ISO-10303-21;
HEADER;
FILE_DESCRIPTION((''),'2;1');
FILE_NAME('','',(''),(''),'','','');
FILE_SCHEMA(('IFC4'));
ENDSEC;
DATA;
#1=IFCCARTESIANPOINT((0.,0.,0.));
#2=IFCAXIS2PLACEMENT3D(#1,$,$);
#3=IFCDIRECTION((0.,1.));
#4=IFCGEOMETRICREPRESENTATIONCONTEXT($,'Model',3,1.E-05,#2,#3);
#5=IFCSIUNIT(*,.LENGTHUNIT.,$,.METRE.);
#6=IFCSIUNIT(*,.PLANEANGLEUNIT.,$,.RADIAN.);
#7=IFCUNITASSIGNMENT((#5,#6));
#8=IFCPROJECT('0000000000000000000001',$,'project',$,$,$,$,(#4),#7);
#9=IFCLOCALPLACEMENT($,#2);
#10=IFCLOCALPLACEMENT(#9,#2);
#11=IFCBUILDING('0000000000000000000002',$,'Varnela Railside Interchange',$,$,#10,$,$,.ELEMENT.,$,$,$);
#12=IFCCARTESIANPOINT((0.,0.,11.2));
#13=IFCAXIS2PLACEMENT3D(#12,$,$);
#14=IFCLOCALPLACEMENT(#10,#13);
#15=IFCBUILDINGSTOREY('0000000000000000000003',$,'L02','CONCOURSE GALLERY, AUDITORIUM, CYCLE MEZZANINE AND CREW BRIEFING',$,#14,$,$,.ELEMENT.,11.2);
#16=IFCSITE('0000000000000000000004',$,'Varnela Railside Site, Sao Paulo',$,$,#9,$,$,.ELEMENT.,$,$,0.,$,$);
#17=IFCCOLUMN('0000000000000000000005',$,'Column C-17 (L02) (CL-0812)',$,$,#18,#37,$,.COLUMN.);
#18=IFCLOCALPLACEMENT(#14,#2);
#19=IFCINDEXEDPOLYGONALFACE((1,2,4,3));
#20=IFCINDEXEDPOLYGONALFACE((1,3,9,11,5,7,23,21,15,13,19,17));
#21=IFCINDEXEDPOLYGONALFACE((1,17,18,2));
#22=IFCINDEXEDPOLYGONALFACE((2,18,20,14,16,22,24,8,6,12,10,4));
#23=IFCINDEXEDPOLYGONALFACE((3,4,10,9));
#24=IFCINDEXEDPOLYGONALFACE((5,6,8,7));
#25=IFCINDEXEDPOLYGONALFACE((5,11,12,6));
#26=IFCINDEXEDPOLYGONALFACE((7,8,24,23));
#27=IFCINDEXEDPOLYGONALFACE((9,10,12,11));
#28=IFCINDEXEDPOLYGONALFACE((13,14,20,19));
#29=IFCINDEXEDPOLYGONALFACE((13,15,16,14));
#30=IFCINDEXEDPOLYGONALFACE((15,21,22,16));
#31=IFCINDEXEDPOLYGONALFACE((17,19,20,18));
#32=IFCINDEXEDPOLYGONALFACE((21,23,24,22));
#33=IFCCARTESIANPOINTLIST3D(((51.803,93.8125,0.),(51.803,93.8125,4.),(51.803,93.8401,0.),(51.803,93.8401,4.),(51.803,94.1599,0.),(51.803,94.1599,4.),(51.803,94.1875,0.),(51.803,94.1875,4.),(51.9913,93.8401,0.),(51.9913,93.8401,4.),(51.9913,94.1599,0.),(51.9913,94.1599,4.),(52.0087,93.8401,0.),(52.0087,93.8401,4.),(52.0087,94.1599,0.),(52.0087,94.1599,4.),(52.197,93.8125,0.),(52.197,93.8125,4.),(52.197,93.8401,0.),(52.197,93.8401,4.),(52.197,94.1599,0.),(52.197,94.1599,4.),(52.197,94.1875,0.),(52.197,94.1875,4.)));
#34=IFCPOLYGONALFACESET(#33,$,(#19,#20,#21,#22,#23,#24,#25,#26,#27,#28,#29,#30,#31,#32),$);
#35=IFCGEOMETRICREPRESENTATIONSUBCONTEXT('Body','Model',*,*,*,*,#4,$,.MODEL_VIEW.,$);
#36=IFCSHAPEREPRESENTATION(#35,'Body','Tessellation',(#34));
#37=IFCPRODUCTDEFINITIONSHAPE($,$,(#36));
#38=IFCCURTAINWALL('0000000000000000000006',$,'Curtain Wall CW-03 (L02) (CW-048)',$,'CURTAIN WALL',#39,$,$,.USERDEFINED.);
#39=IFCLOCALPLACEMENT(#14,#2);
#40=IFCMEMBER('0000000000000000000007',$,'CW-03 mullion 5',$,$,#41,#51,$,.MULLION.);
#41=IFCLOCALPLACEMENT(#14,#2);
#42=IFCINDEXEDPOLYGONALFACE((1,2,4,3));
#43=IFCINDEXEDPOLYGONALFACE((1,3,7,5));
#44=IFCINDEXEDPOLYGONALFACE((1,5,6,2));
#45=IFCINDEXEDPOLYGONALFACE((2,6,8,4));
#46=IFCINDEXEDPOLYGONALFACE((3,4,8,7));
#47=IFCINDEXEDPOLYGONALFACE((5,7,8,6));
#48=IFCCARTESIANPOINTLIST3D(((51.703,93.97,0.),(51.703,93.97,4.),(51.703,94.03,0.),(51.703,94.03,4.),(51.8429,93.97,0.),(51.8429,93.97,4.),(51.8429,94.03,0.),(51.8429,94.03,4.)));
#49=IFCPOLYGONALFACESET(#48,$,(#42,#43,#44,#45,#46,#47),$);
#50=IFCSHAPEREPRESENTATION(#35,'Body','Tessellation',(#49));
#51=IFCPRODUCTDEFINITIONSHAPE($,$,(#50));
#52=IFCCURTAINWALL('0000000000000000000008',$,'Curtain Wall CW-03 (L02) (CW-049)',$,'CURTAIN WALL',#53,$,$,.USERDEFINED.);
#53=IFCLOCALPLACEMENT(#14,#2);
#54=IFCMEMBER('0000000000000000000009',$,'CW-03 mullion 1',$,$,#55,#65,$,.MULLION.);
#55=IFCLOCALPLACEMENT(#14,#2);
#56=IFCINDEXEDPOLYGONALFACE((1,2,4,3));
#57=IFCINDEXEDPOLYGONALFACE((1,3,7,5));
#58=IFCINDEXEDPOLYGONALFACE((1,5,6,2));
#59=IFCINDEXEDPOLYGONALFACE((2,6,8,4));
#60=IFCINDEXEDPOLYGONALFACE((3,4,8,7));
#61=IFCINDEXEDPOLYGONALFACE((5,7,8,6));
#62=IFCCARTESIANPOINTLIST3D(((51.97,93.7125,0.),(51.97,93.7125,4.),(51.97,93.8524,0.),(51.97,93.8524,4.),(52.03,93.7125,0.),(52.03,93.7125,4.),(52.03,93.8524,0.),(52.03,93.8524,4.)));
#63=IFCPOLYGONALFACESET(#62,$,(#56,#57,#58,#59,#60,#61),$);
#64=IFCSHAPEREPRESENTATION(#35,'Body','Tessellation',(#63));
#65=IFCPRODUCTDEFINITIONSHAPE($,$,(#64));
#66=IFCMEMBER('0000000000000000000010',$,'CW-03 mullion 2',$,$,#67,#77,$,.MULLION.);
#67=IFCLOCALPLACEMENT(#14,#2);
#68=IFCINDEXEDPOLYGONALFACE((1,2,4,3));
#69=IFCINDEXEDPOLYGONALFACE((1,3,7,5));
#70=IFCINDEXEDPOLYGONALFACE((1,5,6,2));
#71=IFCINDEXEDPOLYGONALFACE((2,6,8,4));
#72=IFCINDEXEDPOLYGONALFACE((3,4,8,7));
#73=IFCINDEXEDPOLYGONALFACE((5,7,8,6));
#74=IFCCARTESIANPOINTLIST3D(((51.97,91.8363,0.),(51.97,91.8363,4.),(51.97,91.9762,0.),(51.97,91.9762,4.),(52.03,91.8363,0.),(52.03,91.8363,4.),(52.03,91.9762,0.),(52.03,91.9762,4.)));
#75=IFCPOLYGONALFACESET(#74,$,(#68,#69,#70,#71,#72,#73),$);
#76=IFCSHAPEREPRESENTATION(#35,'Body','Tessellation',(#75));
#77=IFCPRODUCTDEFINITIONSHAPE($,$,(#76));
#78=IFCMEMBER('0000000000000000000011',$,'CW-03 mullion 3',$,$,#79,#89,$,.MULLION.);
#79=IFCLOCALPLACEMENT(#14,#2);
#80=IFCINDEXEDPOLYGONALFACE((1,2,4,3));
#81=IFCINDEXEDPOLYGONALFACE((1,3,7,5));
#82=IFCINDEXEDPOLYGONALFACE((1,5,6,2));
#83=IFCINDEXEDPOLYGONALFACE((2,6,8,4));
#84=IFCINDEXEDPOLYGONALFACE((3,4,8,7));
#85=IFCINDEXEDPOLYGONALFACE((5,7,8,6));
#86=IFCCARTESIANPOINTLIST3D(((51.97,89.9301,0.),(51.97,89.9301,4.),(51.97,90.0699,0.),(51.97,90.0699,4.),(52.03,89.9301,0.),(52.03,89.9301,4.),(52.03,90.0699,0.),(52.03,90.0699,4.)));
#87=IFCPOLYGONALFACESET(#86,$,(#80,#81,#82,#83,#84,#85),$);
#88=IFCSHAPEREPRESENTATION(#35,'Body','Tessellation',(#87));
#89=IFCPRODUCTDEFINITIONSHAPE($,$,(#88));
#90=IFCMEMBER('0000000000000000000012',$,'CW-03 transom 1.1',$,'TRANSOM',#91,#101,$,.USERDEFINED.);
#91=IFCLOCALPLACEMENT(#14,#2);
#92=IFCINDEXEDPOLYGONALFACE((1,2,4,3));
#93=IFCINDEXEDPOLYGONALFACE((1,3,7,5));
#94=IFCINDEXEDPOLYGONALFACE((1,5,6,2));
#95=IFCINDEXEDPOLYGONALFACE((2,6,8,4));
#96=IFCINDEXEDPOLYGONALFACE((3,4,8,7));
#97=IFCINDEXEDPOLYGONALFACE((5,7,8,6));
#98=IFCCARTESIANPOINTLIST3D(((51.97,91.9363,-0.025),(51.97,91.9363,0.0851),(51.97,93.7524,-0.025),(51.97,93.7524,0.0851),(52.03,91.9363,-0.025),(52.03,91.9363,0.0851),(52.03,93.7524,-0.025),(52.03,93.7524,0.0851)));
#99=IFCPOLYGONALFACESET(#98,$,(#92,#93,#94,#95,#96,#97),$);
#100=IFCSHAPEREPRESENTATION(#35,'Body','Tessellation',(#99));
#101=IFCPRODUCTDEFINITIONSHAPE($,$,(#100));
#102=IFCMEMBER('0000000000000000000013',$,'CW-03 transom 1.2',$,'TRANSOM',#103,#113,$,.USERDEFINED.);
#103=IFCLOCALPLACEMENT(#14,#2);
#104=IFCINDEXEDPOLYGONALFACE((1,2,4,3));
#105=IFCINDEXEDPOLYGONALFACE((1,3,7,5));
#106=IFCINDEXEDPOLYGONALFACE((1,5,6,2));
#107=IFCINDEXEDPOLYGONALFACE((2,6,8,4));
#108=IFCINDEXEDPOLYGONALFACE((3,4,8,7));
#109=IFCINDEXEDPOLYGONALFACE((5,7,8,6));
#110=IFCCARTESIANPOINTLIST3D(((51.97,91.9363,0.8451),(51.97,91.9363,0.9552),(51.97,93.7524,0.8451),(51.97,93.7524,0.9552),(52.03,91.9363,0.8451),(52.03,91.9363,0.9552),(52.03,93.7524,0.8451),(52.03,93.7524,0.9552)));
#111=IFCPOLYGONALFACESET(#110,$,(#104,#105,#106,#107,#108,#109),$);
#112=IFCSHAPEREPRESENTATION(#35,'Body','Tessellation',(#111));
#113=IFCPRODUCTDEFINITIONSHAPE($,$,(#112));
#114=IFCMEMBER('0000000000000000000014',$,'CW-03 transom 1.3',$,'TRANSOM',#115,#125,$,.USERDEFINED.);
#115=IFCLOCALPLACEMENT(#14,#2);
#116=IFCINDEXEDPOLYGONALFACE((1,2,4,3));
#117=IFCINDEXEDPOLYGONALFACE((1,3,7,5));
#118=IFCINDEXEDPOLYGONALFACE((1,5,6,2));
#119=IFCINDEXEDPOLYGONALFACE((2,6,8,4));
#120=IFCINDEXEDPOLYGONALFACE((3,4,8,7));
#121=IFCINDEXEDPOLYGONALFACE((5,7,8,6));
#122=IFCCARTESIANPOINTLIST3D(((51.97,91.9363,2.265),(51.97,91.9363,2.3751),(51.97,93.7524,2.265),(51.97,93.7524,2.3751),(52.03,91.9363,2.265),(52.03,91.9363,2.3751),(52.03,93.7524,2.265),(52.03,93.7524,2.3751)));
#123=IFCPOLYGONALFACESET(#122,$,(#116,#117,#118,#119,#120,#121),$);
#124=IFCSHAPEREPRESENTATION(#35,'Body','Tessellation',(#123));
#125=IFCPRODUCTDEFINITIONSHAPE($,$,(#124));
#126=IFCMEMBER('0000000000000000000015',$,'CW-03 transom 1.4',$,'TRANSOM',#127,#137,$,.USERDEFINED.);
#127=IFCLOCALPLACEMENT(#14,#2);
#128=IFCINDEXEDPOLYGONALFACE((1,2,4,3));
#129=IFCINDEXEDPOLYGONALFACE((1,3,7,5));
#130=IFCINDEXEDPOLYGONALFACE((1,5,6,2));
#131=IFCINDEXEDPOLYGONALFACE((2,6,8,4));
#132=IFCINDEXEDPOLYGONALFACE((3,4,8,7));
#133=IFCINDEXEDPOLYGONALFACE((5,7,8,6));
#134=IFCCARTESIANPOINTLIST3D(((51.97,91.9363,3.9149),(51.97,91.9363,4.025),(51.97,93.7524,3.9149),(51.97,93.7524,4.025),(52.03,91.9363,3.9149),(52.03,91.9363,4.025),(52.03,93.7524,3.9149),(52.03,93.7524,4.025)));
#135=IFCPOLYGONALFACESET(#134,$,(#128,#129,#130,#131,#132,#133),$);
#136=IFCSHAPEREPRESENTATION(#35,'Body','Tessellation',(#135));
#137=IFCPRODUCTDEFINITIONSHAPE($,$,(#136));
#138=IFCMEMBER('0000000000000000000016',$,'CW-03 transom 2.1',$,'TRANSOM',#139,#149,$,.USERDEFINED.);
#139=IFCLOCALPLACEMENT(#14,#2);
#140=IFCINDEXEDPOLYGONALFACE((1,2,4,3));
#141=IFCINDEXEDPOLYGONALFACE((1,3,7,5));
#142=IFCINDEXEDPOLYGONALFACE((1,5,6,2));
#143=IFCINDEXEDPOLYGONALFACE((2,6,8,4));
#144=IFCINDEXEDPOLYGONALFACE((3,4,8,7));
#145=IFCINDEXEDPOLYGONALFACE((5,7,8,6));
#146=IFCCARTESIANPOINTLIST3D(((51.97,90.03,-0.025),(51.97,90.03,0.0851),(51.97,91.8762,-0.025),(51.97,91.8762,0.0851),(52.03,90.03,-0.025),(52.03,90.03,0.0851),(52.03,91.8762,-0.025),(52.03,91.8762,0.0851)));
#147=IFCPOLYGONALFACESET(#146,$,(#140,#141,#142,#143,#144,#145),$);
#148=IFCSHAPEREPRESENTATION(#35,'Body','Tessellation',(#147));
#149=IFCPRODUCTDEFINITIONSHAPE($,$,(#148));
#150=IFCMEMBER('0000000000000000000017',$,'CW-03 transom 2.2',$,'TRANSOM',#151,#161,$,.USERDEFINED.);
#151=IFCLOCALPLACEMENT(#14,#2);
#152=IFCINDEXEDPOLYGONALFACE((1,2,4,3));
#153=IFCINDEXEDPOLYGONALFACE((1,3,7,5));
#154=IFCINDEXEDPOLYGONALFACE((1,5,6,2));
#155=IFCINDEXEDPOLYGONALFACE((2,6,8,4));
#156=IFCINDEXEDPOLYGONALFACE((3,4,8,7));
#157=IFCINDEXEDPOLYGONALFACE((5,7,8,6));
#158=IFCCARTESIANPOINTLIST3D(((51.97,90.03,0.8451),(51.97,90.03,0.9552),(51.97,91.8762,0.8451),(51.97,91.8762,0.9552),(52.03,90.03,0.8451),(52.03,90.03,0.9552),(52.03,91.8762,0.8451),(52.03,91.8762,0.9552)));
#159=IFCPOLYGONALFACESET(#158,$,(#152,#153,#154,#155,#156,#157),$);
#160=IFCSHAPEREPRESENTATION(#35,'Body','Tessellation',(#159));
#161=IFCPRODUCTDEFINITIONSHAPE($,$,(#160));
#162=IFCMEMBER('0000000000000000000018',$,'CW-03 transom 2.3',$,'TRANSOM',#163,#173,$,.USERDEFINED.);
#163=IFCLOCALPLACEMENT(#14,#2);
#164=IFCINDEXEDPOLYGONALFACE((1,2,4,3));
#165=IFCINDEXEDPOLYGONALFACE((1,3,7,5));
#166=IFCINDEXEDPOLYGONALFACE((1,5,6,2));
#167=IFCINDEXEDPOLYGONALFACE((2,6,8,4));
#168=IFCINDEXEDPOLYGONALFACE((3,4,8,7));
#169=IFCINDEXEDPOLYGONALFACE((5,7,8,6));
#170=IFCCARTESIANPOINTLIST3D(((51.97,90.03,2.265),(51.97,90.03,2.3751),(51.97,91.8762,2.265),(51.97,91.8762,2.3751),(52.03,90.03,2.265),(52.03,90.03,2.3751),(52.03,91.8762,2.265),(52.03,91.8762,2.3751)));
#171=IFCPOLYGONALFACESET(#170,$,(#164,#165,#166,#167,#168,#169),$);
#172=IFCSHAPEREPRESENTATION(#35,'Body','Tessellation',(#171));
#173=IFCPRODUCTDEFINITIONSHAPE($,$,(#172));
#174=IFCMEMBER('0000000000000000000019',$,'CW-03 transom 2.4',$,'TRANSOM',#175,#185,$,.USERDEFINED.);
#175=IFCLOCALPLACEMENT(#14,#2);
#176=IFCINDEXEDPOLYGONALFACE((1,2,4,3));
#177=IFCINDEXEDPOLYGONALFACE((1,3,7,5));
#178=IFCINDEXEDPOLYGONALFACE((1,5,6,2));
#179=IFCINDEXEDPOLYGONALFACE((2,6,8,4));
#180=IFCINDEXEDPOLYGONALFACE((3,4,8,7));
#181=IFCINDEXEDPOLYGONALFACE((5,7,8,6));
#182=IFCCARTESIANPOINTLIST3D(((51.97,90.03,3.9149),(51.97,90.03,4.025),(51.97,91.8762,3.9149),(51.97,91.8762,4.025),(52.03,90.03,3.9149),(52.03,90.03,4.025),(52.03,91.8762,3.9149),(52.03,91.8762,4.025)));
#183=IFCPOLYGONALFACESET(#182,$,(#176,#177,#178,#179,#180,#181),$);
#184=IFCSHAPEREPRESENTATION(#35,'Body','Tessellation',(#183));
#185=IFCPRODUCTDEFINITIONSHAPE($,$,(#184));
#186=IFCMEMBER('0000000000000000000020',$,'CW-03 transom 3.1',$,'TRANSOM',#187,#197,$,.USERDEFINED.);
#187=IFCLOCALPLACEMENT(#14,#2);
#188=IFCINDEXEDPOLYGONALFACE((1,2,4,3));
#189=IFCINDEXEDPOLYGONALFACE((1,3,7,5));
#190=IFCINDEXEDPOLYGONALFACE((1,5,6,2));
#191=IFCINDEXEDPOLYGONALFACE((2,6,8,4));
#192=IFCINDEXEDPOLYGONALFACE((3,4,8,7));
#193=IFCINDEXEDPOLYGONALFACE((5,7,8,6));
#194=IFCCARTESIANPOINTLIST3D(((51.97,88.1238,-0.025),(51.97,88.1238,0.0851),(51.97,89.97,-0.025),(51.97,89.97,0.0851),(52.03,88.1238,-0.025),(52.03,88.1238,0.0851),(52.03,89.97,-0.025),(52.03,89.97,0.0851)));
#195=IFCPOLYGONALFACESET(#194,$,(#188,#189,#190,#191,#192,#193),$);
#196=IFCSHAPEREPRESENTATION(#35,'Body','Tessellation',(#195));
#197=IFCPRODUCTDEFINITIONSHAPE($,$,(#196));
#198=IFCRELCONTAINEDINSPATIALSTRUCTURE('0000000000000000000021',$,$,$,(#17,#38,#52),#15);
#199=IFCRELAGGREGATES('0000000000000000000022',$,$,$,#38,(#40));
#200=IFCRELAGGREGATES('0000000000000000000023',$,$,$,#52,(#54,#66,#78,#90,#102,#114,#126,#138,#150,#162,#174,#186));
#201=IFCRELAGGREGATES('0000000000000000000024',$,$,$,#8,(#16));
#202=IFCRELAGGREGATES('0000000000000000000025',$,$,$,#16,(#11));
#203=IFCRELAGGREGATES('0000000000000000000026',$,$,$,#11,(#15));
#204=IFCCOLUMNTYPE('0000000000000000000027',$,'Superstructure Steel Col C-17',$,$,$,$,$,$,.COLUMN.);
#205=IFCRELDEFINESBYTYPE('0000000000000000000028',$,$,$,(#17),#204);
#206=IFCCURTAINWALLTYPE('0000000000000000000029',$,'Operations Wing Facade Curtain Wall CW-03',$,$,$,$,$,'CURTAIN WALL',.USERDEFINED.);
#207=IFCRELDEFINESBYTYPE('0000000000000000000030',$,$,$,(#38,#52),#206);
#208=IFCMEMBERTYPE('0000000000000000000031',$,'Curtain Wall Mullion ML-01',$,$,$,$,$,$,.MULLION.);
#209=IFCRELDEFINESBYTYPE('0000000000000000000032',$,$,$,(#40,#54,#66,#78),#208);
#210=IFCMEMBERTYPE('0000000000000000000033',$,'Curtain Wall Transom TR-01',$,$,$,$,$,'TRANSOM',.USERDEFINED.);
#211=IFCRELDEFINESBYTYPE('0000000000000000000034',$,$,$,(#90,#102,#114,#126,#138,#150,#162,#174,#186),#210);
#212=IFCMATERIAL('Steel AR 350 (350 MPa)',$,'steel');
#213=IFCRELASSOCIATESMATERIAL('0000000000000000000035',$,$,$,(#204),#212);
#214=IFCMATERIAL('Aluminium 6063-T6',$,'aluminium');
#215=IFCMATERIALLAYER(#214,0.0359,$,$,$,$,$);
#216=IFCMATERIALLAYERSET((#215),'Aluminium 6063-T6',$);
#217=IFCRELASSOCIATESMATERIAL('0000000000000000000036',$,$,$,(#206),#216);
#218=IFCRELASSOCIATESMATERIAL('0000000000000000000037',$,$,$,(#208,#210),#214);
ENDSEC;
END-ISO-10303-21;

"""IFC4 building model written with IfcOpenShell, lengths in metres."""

from ifc_helpers import new_model, si_unit, direction, frame, origin, origin_2d, place, context, subcontext, project, spatial, rectangle, i_section, extrude, material, layer, layer_set, material_profile, profile_set, type_object, element, aggregate, save


model = new_model("IFC4")

# Units and contexts
model_context = context("Model", 3, precision=1e-05, world=origin(), true_north=direction((0.0, 1.0)))
body_context = subcontext(model_context, "Body", "Model", "MODEL_VIEW")
ifc_project = project(units=[si_unit("LENGTHUNIT", "METRE"), si_unit("PLANEANGLEUNIT", "RADIAN")], contexts=[model_context])

# Site, building, storey
site_placement = place(None, origin())
site = spatial("IfcSite", under=ifc_project, at=site_placement, Name="Varnela Railside Site, Sao Paulo", CompositionType="ELEMENT", RefElevation=0.0)
building_placement = place(site_placement, origin())
building = spatial("IfcBuilding", under=site, at=building_placement, Name="Varnela Railside Interchange", CompositionType="ELEMENT")
storey_placement = place(building_placement, frame((0.0, 0.0, 11.2)))
storey = spatial("IfcBuildingStorey", under=building, at=storey_placement, Name="L02", Description="CONCOURSE GALLERY, AUDITORIUM, CYCLE MEZZANINE AND CREW BRIEFING", CompositionType="ELEMENT", Elevation=11.2)

# Column
ifc_material_1 = material(Name="Steel AR 350 (350 MPa)", Category="steel")
ifc_material_profile_1 = material_profile(ifc_material_1, i_section(OverallWidth=0.394, OverallDepth=0.375, WebThickness=0.0173, FlangeThickness=0.0276, at=origin_2d()), Name="W360x216")
ifc_profile_set_1 = profile_set([ifc_material_profile_1], Name="Steel AR 350 (350 MPa)")
column_type = type_object("IfcColumnType", Name="Superstructure Steel Col C-17", PredefinedType="COLUMN", material=ifc_profile_set_1)
column_placement = place(storey_placement, frame((52.0, 94.0, 0.0), z_axis=(0.0, 0.0, 1.0), x_axis=(1.0, 0.0, 0.0)))
element("IfcColumn", 1, at=column_placement, inside=storey, type_object=column_type, Name="Column C-17 (L02) (CL-0812)", PredefinedType="COLUMN", context=body_context, shape_type="SweptSolid", body=[
    extrude(i_section(OverallWidth=0.394, OverallDepth=0.375, WebThickness=0.0173, FlangeThickness=0.0276, at=origin_2d()), origin(), (0.0, 0.0, 1.0), 4.0),
])

# Curtain wall, member
ifc_material_2 = material(Name="Aluminium 6063-T6", Category="aluminium")
ifc_layer_1 = layer(ifc_material_2, 0.0359)
ifc_layer_set_1 = layer_set([ifc_layer_1], Name="Aluminium 6063-T6")
curtain_wall_type = type_object("IfcCurtainWallType", Name="Operations Wing Facade Curtain Wall CW-03", ElementType="CURTAIN WALL", PredefinedType="USERDEFINED", material=ifc_layer_set_1)
curtain_wall_1_placement = place(storey_placement, origin())
curtain_wall_1 = element("IfcCurtainWall", 2, at=curtain_wall_1_placement, inside=storey, type_object=curtain_wall_type, Name="Curtain Wall CW-03 (L02) (CW-048)", ObjectType="CURTAIN WALL", PredefinedType="USERDEFINED")
ifc_material_profile_2 = material_profile(ifc_material_2, rectangle(XDim=0.0601, YDim=0.1399, at=origin_2d()), Name="ALU 60x140")
ifc_profile_set_2 = profile_set([ifc_material_profile_2], Name="Aluminium 6063-T6")
member_type_1 = type_object("IfcMemberType", Name="Curtain Wall Mullion ML-01", PredefinedType="MULLION", material=ifc_profile_set_2)
member_1_placement = place(storey_placement, frame((51.7729, 94.0, 0.0), z_axis=(0.0, 0.0, 1.0), x_axis=(0.0, 1.0, 0.0)))
member_1 = element("IfcMember", 3, at=member_1_placement, type_object=member_type_1, Name="CW-03 mullion 5", PredefinedType="MULLION", context=body_context, shape_type="SweptSolid", body=[
    extrude(rectangle(XDim=0.0601, YDim=0.1399, at=origin_2d()), origin(), (0.0, 0.0, 1.0), 4.0),
])

# Curtain wall, members
curtain_wall_2_placement = place(storey_placement, origin())
curtain_wall_2 = element("IfcCurtainWall", 4, at=curtain_wall_2_placement, inside=storey, type_object=curtain_wall_type, Name="Curtain Wall CW-03 (L02) (CW-049)", ObjectType="CURTAIN WALL", PredefinedType="USERDEFINED")
member_2_placement = place(storey_placement, frame((52.0, 93.7825, 0.0), z_axis=(0.0, 0.0, 1.0), x_axis=(1.0, 0.0, 0.0)))
member_2 = element("IfcMember", 5, at=member_2_placement, type_object=member_type_1, Name="CW-03 mullion 1", PredefinedType="MULLION", context=body_context, shape_type="SweptSolid", body=[
    extrude(rectangle(XDim=0.0601, YDim=0.1399, at=origin_2d()), origin(), (0.0, 0.0, 1.0), 4.0),
])
member_3_placement = place(storey_placement, frame((52.0, 91.9062, 0.0), z_axis=(0.0, 0.0, 1.0), x_axis=(1.0, 0.0, 0.0)))
member_3 = element("IfcMember", 6, at=member_3_placement, type_object=member_type_1, Name="CW-03 mullion 2", PredefinedType="MULLION", context=body_context, shape_type="SweptSolid", body=[
    extrude(rectangle(XDim=0.0601, YDim=0.1399, at=origin_2d()), origin(), (0.0, 0.0, 1.0), 4.0),
])
member_4_placement = place(storey_placement, frame((52.0, 90.0, 0.0), z_axis=(0.0, 0.0, 1.0), x_axis=(1.0, 0.0, 0.0)))
member_4 = element("IfcMember", 7, at=member_4_placement, type_object=member_type_1, Name="CW-03 mullion 3", PredefinedType="MULLION", context=body_context, shape_type="SweptSolid", body=[
    extrude(rectangle(XDim=0.0601, YDim=0.1399, at=origin_2d()), origin(), (0.0, 0.0, 1.0), 4.0),
])
ifc_material_profile_3 = material_profile(ifc_material_2, rectangle(XDim=0.0601, YDim=0.1101, at=origin_2d()), Name="ALU 60x110")
ifc_profile_set_3 = profile_set([ifc_material_profile_3], Name="Aluminium 6063-T6")
member_type_2 = type_object("IfcMemberType", Name="Curtain Wall Transom TR-01", ElementType="TRANSOM", PredefinedType="USERDEFINED", material=ifc_profile_set_3)
member_5_placement = place(storey_placement, frame((52.0, 93.7524, 0.03), z_axis=(0.0, -1.0, 0.0), x_axis=(1.0, 0.0, 0.0)))
member_5 = element("IfcMember", 8, at=member_5_placement, type_object=member_type_2, Name="CW-03 transom 1.1", ObjectType="TRANSOM", PredefinedType="USERDEFINED", context=body_context, shape_type="SweptSolid", body=[
    extrude(rectangle(XDim=0.0601, YDim=0.1101, at=origin_2d()), origin(), (0.0, 0.0, 1.0), 1.8162),
])
member_6_placement = place(storey_placement, frame((52.0, 93.7524, 0.9001), z_axis=(0.0, -1.0, 0.0), x_axis=(1.0, 0.0, 0.0)))
member_6 = element("IfcMember", 9, at=member_6_placement, type_object=member_type_2, Name="CW-03 transom 1.2", ObjectType="TRANSOM", PredefinedType="USERDEFINED", context=body_context, shape_type="SweptSolid", body=[
    extrude(rectangle(XDim=0.0601, YDim=0.1101, at=origin_2d()), origin(), (0.0, 0.0, 1.0), 1.8162),
])
member_7_placement = place(storey_placement, frame((52.0, 93.7524, 2.3201), z_axis=(0.0, -1.0, 0.0), x_axis=(1.0, 0.0, 0.0)))
member_7 = element("IfcMember", 10, at=member_7_placement, type_object=member_type_2, Name="CW-03 transom 1.3", ObjectType="TRANSOM", PredefinedType="USERDEFINED", context=body_context, shape_type="SweptSolid", body=[
    extrude(rectangle(XDim=0.0601, YDim=0.1101, at=origin_2d()), origin(), (0.0, 0.0, 1.0), 1.8162),
])
member_8_placement = place(storey_placement, frame((52.0, 93.7524, 3.97), z_axis=(0.0, -1.0, 0.0), x_axis=(1.0, 0.0, 0.0)))
member_8 = element("IfcMember", 11, at=member_8_placement, type_object=member_type_2, Name="CW-03 transom 1.4", ObjectType="TRANSOM", PredefinedType="USERDEFINED", context=body_context, shape_type="SweptSolid", body=[
    extrude(rectangle(XDim=0.0601, YDim=0.1101, at=origin_2d()), origin(), (0.0, 0.0, 1.0), 1.8162),
])
member_9_placement = place(storey_placement, frame((52.0, 91.8762, 0.03), z_axis=(0.0, -1.0, 0.0), x_axis=(1.0, 0.0, 0.0)))
member_9 = element("IfcMember", 12, at=member_9_placement, type_object=member_type_2, Name="CW-03 transom 2.1", ObjectType="TRANSOM", PredefinedType="USERDEFINED", context=body_context, shape_type="SweptSolid", body=[
    extrude(rectangle(XDim=0.0601, YDim=0.1101, at=origin_2d()), origin(), (0.0, 0.0, 1.0), 1.8462),
])
member_10_placement = place(storey_placement, frame((52.0, 91.8762, 0.9001), z_axis=(0.0, -1.0, 0.0), x_axis=(1.0, 0.0, 0.0)))
member_10 = element("IfcMember", 13, at=member_10_placement, type_object=member_type_2, Name="CW-03 transom 2.2", ObjectType="TRANSOM", PredefinedType="USERDEFINED", context=body_context, shape_type="SweptSolid", body=[
    extrude(rectangle(XDim=0.0601, YDim=0.1101, at=origin_2d()), origin(), (0.0, 0.0, 1.0), 1.8462),
])
member_11_placement = place(storey_placement, frame((52.0, 91.8762, 2.3201), z_axis=(0.0, -1.0, 0.0), x_axis=(1.0, 0.0, 0.0)))
member_11 = element("IfcMember", 14, at=member_11_placement, type_object=member_type_2, Name="CW-03 transom 2.3", ObjectType="TRANSOM", PredefinedType="USERDEFINED", context=body_context, shape_type="SweptSolid", body=[
    extrude(rectangle(XDim=0.0601, YDim=0.1101, at=origin_2d()), origin(), (0.0, 0.0, 1.0), 1.8462),
])
member_12_placement = place(storey_placement, frame((52.0, 91.8762, 3.97), z_axis=(0.0, -1.0, 0.0), x_axis=(1.0, 0.0, 0.0)))
member_12 = element("IfcMember", 15, at=member_12_placement, type_object=member_type_2, Name="CW-03 transom 2.4", ObjectType="TRANSOM", PredefinedType="USERDEFINED", context=body_context, shape_type="SweptSolid", body=[
    extrude(rectangle(XDim=0.0601, YDim=0.1101, at=origin_2d()), origin(), (0.0, 0.0, 1.0), 1.8462),
])
member_13_placement = place(storey_placement, frame((52.0, 89.97, 0.03), z_axis=(0.0, -1.0, 0.0), x_axis=(1.0, 0.0, 0.0)))
member_13 = element("IfcMember", 16, at=member_13_placement, type_object=member_type_2, Name="CW-03 transom 3.1", ObjectType="TRANSOM", PredefinedType="USERDEFINED", context=body_context, shape_type="SweptSolid", body=[
    extrude(rectangle(XDim=0.0601, YDim=0.1101, at=origin_2d()), origin(), (0.0, 0.0, 1.0), 1.8462),
])

aggregate(curtain_wall_1, [member_1])
aggregate(curtain_wall_2, [member_2, member_3, member_4, member_5, member_6, member_7, member_8, member_9, member_10, member_11, member_12, member_13])

save(model, "model.ifc")
